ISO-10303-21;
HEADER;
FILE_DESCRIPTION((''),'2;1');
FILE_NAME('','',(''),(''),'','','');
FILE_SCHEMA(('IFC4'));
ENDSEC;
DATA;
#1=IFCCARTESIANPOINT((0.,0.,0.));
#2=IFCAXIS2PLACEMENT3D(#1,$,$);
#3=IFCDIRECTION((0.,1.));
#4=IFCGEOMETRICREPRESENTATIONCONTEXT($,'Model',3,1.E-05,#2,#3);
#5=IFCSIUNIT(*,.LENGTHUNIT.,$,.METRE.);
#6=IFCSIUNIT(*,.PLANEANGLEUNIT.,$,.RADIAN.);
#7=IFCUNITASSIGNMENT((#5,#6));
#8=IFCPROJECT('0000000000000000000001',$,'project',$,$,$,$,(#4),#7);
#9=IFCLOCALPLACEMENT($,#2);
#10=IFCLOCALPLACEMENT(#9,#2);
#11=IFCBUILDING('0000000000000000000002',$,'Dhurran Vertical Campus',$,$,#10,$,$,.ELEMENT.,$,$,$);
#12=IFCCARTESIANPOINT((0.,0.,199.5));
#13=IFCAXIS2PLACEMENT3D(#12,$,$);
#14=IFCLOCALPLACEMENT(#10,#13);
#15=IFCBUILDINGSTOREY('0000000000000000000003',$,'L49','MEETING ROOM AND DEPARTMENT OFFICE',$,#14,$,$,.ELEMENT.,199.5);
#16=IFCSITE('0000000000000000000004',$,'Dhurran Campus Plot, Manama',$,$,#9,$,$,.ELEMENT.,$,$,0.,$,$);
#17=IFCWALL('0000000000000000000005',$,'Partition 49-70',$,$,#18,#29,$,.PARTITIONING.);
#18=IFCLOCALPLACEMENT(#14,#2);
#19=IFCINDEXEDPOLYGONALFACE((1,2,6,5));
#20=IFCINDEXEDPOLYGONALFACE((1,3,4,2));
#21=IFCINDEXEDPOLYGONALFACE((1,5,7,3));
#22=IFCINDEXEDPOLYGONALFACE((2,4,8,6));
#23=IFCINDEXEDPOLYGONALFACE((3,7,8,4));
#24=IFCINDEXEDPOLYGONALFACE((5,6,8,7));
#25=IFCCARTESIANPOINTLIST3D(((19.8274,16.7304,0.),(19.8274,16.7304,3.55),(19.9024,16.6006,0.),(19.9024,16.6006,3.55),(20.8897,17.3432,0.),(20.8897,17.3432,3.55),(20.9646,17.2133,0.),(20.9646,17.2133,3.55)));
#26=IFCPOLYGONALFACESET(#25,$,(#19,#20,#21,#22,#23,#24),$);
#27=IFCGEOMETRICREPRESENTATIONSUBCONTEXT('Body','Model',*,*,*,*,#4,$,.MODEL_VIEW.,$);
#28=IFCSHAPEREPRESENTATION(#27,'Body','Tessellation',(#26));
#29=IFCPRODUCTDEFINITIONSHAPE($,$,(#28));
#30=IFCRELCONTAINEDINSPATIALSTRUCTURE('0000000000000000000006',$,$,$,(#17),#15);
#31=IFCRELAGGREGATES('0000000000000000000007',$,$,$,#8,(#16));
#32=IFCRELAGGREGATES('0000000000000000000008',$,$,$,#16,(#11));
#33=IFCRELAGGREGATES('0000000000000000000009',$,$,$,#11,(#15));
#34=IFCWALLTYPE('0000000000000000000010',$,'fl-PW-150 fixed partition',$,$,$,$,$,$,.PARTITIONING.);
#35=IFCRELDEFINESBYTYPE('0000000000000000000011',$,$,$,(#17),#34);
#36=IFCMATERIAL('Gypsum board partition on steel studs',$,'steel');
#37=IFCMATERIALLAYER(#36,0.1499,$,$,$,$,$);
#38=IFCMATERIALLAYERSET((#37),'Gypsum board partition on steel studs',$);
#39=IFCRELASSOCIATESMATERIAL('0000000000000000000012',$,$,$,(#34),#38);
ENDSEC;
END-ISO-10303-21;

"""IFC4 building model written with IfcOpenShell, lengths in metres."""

from ifc_helpers import new_model, si_unit, direction, frame, frame_2d, origin, place, context, subcontext, project, spatial, rectangle, extrude, material, layer, layer_set, type_object, element, save


model = new_model("IFC4")

# Units and contexts
model_context = context("Model", 3, precision=1e-05, world=origin(), true_north=direction((0.0, 1.0)))
body_context = subcontext(model_context, "Body", "Model", "MODEL_VIEW")
ifc_project = project(units=[si_unit("LENGTHUNIT", "METRE"), si_unit("PLANEANGLEUNIT", "RADIAN")], contexts=[model_context])

# Site, building, storey
site_placement = place(None, origin())
site = spatial("IfcSite", under=ifc_project, at=site_placement, Name="Dhurran Campus Plot, Manama", CompositionType="ELEMENT", RefElevation=0.0)
building_placement = place(site_placement, origin())
building = spatial("IfcBuilding", under=site, at=building_placement, Name="Dhurran Vertical Campus", CompositionType="ELEMENT")
storey_placement = place(building_placement, frame((0.0, 0.0, 199.5)))
storey = spatial("IfcBuildingStorey", under=building, at=storey_placement, Name="L49", Description="MEETING ROOM AND DEPARTMENT OFFICE", CompositionType="ELEMENT", Elevation=199.5)

# Wall
ifc_material_1 = material(Name="Gypsum board partition on steel studs", Category="steel")
ifc_layer_1 = layer(ifc_material_1, 0.1499)
ifc_layer_set_1 = layer_set([ifc_layer_1], Name="Gypsum board partition on steel studs")
wall_type_1 = type_object("IfcWallType", Name="fl-PW-150 fixed partition", PredefinedType="PARTITIONING", material=ifc_layer_set_1)
wall_1_placement = place(storey_placement, frame((20.9272, 17.2783, 0.0), z_axis=(0.0, 0.0, 1.0), x_axis=(-0.866202, -0.499694, 0.0)))
element("IfcWall", 1, at=wall_1_placement, inside=storey, type_object=wall_type_1, Name="Partition 49-70", PredefinedType="PARTITIONING", context=body_context, shape_type="SweptSolid", body=[
    extrude(rectangle(XDim=1.2263, YDim=0.1499, at=frame_2d((0.6133, 0.0))), origin(), (0.0, 0.0, 1.0), 3.55),
])

save(model, "model.ifc")
